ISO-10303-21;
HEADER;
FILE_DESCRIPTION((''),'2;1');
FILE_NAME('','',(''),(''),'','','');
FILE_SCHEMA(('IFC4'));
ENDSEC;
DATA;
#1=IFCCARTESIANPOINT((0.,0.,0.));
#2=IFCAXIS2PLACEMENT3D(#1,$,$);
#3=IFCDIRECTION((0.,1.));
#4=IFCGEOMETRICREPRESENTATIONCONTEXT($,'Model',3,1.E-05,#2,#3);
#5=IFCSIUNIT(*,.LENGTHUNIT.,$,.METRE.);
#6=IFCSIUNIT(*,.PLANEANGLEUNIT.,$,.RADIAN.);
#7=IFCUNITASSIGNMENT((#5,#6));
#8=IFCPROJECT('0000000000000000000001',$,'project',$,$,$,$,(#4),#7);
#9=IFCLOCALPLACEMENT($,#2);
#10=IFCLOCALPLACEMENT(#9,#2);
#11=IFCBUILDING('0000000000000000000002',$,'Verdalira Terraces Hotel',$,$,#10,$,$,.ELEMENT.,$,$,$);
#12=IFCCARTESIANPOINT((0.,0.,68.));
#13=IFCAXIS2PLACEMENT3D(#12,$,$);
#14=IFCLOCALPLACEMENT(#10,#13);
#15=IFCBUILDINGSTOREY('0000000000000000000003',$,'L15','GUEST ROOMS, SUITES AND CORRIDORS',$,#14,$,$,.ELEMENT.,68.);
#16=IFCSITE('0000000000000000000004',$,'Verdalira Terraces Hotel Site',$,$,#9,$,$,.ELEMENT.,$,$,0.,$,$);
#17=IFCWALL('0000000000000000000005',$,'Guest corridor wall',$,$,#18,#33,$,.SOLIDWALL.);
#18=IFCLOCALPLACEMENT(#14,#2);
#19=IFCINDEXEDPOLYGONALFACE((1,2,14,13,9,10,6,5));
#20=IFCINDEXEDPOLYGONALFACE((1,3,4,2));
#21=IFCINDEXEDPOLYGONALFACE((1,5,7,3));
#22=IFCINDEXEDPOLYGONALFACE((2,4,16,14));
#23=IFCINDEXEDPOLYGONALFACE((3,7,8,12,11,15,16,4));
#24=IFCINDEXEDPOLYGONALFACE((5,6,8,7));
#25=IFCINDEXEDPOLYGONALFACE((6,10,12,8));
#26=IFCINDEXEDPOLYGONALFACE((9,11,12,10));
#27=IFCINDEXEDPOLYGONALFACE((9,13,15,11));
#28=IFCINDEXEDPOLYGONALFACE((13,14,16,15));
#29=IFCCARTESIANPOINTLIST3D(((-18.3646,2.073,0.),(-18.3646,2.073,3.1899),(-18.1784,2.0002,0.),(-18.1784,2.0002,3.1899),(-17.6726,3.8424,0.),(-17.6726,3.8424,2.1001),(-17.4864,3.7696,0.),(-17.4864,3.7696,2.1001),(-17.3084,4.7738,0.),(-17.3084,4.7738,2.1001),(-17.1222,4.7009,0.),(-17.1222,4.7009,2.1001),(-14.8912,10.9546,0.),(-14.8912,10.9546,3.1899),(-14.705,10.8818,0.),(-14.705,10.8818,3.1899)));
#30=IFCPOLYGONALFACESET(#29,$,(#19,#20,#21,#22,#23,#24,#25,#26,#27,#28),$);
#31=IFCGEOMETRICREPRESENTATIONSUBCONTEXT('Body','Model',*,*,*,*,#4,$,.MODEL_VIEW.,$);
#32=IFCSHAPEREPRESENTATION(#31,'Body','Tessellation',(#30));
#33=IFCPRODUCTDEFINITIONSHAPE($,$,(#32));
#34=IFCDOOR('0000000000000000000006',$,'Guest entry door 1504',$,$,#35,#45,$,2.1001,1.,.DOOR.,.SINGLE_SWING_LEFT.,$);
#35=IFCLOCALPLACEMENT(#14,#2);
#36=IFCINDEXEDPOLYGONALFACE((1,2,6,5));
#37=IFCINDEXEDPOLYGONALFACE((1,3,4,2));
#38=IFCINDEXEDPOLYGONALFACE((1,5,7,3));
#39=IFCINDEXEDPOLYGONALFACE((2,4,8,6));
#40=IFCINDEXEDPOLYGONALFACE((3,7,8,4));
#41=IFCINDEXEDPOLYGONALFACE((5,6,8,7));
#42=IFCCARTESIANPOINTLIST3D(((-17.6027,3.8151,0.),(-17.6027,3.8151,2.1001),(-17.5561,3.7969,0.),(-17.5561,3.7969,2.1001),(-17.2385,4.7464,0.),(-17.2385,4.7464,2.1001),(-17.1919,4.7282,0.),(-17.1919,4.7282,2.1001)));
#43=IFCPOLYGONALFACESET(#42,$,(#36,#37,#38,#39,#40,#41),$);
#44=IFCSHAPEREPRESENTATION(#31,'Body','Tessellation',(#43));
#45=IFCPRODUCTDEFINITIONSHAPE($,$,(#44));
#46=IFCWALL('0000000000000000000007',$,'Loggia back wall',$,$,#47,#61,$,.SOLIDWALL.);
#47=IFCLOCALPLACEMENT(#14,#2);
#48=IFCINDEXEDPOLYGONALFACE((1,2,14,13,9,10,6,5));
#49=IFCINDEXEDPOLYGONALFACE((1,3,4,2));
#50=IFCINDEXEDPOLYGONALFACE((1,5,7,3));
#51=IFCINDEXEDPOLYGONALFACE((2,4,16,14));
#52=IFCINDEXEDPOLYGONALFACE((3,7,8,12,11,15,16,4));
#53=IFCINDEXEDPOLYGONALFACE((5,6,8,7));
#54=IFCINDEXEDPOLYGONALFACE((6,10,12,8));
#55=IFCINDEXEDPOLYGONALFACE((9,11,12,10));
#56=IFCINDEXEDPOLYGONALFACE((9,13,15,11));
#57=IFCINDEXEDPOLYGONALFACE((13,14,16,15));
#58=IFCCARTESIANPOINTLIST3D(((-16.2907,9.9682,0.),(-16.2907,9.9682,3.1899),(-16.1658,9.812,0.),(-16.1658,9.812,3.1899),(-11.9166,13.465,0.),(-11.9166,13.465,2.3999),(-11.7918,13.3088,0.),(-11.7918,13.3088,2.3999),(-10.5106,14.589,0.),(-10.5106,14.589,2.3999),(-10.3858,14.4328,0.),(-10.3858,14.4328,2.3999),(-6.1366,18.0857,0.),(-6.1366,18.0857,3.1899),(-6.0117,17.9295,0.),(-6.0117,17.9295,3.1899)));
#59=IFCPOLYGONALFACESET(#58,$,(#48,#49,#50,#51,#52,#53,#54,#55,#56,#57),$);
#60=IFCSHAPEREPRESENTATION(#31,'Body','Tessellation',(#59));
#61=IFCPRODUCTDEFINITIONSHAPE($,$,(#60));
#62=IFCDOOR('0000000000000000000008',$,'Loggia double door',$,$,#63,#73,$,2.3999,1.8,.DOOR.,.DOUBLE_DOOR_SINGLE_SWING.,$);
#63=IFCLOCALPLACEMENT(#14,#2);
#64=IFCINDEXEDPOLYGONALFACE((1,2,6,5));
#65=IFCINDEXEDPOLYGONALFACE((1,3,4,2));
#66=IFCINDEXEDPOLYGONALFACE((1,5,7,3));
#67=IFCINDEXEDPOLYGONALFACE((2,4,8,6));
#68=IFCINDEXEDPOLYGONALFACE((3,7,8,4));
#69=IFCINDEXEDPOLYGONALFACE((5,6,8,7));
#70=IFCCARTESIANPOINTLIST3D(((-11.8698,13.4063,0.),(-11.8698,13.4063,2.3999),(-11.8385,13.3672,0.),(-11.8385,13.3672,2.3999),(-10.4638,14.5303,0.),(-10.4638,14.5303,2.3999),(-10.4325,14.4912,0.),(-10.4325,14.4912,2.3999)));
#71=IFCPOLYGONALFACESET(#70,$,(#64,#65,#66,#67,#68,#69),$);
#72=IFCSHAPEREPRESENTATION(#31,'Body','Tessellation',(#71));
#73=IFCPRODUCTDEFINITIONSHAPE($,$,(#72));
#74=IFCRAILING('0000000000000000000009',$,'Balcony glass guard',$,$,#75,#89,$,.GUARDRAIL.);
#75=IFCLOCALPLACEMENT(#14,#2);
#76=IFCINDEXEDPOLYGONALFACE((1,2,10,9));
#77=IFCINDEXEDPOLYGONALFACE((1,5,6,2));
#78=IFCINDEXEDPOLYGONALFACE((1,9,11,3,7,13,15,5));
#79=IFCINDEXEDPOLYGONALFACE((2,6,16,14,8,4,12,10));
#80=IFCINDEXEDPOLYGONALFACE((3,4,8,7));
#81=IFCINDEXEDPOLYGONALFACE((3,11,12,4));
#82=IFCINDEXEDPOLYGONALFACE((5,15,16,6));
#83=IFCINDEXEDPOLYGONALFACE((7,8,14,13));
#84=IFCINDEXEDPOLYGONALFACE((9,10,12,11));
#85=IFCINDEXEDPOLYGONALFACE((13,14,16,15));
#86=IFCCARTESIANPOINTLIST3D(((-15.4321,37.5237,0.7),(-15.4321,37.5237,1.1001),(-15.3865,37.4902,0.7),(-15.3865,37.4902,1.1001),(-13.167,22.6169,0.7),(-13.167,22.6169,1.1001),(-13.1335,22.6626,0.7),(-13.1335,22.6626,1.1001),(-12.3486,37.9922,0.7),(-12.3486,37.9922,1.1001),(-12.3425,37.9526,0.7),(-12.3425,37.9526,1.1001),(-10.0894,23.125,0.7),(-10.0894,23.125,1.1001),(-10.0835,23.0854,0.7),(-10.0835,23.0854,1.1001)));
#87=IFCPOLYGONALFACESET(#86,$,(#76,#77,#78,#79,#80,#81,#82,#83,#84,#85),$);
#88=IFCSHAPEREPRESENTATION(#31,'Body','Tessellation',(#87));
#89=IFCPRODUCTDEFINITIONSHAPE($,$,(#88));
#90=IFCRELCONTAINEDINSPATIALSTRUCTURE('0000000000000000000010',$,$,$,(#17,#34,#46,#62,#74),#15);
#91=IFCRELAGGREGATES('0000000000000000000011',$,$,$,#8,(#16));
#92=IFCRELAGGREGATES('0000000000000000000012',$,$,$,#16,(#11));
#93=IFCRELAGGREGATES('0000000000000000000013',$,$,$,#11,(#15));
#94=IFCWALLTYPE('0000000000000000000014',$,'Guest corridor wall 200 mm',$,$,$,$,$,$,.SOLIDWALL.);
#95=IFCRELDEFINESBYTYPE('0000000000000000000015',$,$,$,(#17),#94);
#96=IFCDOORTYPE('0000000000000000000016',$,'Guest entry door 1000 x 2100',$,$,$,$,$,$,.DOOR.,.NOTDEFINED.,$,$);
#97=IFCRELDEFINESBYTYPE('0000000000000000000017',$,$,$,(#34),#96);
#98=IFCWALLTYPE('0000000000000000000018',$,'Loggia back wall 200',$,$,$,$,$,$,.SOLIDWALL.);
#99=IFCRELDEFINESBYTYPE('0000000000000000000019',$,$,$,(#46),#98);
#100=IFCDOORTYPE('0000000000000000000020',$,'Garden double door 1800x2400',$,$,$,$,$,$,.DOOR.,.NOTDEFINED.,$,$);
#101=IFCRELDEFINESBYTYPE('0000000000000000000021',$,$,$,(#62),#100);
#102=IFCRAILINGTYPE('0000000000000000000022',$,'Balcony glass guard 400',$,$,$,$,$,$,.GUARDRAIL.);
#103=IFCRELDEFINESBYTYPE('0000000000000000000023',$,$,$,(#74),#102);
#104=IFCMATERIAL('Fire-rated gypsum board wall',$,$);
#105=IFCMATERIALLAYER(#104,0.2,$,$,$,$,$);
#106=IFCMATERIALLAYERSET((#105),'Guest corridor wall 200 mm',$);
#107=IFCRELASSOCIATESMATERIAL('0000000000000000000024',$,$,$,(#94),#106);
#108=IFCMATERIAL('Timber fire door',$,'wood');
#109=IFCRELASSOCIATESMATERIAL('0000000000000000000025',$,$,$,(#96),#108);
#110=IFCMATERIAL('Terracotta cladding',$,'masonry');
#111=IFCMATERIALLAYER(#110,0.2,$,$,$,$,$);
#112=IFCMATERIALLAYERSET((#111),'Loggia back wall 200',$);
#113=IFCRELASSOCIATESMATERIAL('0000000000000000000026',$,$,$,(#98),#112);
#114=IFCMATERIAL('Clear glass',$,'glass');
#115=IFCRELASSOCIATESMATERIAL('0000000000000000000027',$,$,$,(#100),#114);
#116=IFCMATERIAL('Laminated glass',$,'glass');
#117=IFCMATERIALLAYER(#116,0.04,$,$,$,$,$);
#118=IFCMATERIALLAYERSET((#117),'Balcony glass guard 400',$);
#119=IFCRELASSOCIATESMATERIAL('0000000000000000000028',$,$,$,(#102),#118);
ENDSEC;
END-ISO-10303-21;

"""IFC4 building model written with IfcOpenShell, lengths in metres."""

from ifc_helpers import new_model, si_unit, direction, frame, frame_2d, origin, place, context, subcontext, project, spatial, polyline, rectangle, outline, extrude, material, layer, layer_set, type_object, element, fill, save


model = new_model("IFC4")

# Units and contexts
model_context = context("Model", 3, precision=1e-05, world=origin(), true_north=direction((0.0, 1.0)))
body_context = subcontext(model_context, "Body", "Model", "MODEL_VIEW")
ifc_project = project(units=[si_unit("LENGTHUNIT", "METRE"), si_unit("PLANEANGLEUNIT", "RADIAN")], contexts=[model_context])

# Site, building, storey
site_placement = place(None, origin())
site = spatial("IfcSite", under=ifc_project, at=site_placement, Name="Verdalira Terraces Hotel Site", CompositionType="ELEMENT", RefElevation=0.0)
building_placement = place(site_placement, origin())
building = spatial("IfcBuilding", under=site, at=building_placement, Name="Verdalira Terraces Hotel", CompositionType="ELEMENT")
storey_placement = place(building_placement, frame((0.0, 0.0, 68.0)))
storey = spatial("IfcBuildingStorey", under=building, at=storey_placement, Name="L15", Description="GUEST ROOMS, SUITES AND CORRIDORS", CompositionType="ELEMENT", Elevation=68.0)

# Walls, openings, doors
ifc_material_1 = material(Name="Fire-rated gypsum board wall")
ifc_layer_1 = layer(ifc_material_1, 0.2)
ifc_layer_set_1 = layer_set([ifc_layer_1], Name="Guest corridor wall 200 mm")
wall_type_1 = type_object("IfcWallType", Name="Guest corridor wall 200 mm", PredefinedType="SOLIDWALL", material=ifc_layer_set_1)
wall_1_placement = place(storey_placement, frame((-18.2715, 2.0366, 0.0), z_axis=(0.0, 0.0, 1.0), x_axis=(0.364216, 0.931315, 0.0)))
wall_1 = element("IfcWall", 1, at=wall_1_placement, inside=storey, type_object=wall_type_1, Name="Guest corridor wall", PredefinedType="SOLIDWALL", context=body_context, shape_type="SweptSolid", body=[
    extrude(rectangle(XDim=9.5366, YDim=0.2, at=frame_2d((4.7683, 0.0))), origin(), (0.0, 0.0, 1.0), 3.1899),
])
opening_1_placement = place(wall_1_placement, frame((1.8999, 0.0, 0.0)))
opening_1 = element("IfcOpeningElement", 2, at=opening_1_placement, cuts=wall_1, PredefinedType="OPENING", context=body_context, shape_type="SweptSolid", body=[
    extrude(rectangle(XDim=1.0, YDim=2.1001, at=frame_2d((0.5, 1.05))), frame((0.0, 0.1099, 0.0), z_axis=(0.0, -1.0, 0.0), x_axis=(1.0, 0.0, 0.0)), (0.0, 0.0, 1.0), 0.22),
])
ifc_material_2 = material(Name="Timber fire door", Category="wood")
door_type_1 = type_object("IfcDoorType", Name="Guest entry door 1000 x 2100", OperationType="NOTDEFINED", PredefinedType="DOOR", material=ifc_material_2)
door_1_placement = place(opening_1_placement, origin())
door_1 = element("IfcDoor", 3, at=door_1_placement, inside=storey, type_object=door_type_1, Name="Guest entry door 1504", OperationType="SINGLE_SWING_LEFT", OverallHeight=2.1001, OverallWidth=1.0, PredefinedType="DOOR", context=body_context, shape_type="SweptSolid", body=[
    extrude(rectangle(XDim=1.0, YDim=2.1001, at=frame_2d((0.5, 1.05))), frame((0.0, 0.0249, 0.0), z_axis=(0.0, -1.0, 0.0), x_axis=(1.0, 0.0, 0.0)), (0.0, 0.0, 1.0), 0.05),
])
fill(opening_1, door_1)
ifc_material_3 = material(Name="Terracotta cladding", Category="masonry")
ifc_layer_2 = layer(ifc_material_3, 0.2)
ifc_layer_set_2 = layer_set([ifc_layer_2], Name="Loggia back wall 200")
wall_type_2 = type_object("IfcWallType", Name="Loggia back wall 200", PredefinedType="SOLIDWALL", material=ifc_layer_set_2)
wall_2_placement = place(storey_placement, frame((-16.2283, 9.8901, 0.0), z_axis=(0.0, 0.0, 1.0), x_axis=(0.781087, 0.624422, 0.0)))
wall_2 = element("IfcWall", 4, at=wall_2_placement, inside=storey, type_object=wall_type_2, Name="Loggia back wall", PredefinedType="SOLIDWALL", context=body_context, shape_type="SweptSolid", body=[
    extrude(rectangle(XDim=13.0, YDim=0.2, at=frame_2d((6.5, 0.0))), origin(), (0.0, 0.0, 1.0), 3.1899),
])
opening_2_placement = place(wall_2_placement, frame((5.6001, 0.0, 0.0)))
opening_2 = element("IfcOpeningElement", 5, at=opening_2_placement, cuts=wall_2, PredefinedType="OPENING", context=body_context, shape_type="SweptSolid", body=[
    extrude(rectangle(XDim=1.8, YDim=2.3999, at=frame_2d((0.8999, 1.2))), frame((0.0, 0.1099, 0.0), z_axis=(0.0, -1.0, 0.0), x_axis=(1.0, 0.0, 0.0)), (0.0, 0.0, 1.0), 0.22),
])
ifc_material_4 = material(Name="Clear glass", Category="glass")
door_type_2 = type_object("IfcDoorType", Name="Garden double door 1800x2400", OperationType="NOTDEFINED", PredefinedType="DOOR", material=ifc_material_4)
door_2_placement = place(opening_2_placement, origin())
door_2 = element("IfcDoor", 6, at=door_2_placement, inside=storey, type_object=door_type_2, Name="Loggia double door", OperationType="DOUBLE_DOOR_SINGLE_SWING", OverallHeight=2.3999, OverallWidth=1.8, PredefinedType="DOOR", context=body_context, shape_type="SweptSolid", body=[
    extrude(rectangle(XDim=1.8, YDim=2.3999, at=frame_2d((0.8999, 1.2))), frame((0.0, 0.0249, 0.0), z_axis=(0.0, -1.0, 0.0), x_axis=(1.0, 0.0, 0.0)), (0.0, 0.0, 1.0), 0.05),
])
fill(opening_2, door_2)

# Railing
ifc_material_5 = material(Name="Laminated glass", Category="glass")
ifc_layer_3 = layer(ifc_material_5, 0.04)
ifc_layer_set_3 = layer_set([ifc_layer_3], Name="Balcony glass guard 400")
railing_type = type_object("IfcRailingType", Name="Balcony glass guard 400", PredefinedType="GUARDRAIL", material=ifc_layer_set_3)
railing_placement = place(storey_placement, frame((0.0, 0.0, 0.7)))
element("IfcRailing", 7, at=railing_placement, inside=storey, type_object=railing_type, Name="Balcony glass guard", PredefinedType="GUARDRAIL", context=body_context, shape_type="SweptSolid", body=[
    extrude(outline(polyline([(-15.3865, 37.4902), (-13.1335, 22.6626), (-10.0894, 23.125), (-10.0835, 23.0854), (-13.167, 22.6169), (-15.4321, 37.5237), (-12.3486, 37.9922), (-12.3425, 37.9526), (-15.3865, 37.4902)])), origin(), (0.0, 0.0, 1.0), 0.4001),
])

save(model, "model.ifc")
